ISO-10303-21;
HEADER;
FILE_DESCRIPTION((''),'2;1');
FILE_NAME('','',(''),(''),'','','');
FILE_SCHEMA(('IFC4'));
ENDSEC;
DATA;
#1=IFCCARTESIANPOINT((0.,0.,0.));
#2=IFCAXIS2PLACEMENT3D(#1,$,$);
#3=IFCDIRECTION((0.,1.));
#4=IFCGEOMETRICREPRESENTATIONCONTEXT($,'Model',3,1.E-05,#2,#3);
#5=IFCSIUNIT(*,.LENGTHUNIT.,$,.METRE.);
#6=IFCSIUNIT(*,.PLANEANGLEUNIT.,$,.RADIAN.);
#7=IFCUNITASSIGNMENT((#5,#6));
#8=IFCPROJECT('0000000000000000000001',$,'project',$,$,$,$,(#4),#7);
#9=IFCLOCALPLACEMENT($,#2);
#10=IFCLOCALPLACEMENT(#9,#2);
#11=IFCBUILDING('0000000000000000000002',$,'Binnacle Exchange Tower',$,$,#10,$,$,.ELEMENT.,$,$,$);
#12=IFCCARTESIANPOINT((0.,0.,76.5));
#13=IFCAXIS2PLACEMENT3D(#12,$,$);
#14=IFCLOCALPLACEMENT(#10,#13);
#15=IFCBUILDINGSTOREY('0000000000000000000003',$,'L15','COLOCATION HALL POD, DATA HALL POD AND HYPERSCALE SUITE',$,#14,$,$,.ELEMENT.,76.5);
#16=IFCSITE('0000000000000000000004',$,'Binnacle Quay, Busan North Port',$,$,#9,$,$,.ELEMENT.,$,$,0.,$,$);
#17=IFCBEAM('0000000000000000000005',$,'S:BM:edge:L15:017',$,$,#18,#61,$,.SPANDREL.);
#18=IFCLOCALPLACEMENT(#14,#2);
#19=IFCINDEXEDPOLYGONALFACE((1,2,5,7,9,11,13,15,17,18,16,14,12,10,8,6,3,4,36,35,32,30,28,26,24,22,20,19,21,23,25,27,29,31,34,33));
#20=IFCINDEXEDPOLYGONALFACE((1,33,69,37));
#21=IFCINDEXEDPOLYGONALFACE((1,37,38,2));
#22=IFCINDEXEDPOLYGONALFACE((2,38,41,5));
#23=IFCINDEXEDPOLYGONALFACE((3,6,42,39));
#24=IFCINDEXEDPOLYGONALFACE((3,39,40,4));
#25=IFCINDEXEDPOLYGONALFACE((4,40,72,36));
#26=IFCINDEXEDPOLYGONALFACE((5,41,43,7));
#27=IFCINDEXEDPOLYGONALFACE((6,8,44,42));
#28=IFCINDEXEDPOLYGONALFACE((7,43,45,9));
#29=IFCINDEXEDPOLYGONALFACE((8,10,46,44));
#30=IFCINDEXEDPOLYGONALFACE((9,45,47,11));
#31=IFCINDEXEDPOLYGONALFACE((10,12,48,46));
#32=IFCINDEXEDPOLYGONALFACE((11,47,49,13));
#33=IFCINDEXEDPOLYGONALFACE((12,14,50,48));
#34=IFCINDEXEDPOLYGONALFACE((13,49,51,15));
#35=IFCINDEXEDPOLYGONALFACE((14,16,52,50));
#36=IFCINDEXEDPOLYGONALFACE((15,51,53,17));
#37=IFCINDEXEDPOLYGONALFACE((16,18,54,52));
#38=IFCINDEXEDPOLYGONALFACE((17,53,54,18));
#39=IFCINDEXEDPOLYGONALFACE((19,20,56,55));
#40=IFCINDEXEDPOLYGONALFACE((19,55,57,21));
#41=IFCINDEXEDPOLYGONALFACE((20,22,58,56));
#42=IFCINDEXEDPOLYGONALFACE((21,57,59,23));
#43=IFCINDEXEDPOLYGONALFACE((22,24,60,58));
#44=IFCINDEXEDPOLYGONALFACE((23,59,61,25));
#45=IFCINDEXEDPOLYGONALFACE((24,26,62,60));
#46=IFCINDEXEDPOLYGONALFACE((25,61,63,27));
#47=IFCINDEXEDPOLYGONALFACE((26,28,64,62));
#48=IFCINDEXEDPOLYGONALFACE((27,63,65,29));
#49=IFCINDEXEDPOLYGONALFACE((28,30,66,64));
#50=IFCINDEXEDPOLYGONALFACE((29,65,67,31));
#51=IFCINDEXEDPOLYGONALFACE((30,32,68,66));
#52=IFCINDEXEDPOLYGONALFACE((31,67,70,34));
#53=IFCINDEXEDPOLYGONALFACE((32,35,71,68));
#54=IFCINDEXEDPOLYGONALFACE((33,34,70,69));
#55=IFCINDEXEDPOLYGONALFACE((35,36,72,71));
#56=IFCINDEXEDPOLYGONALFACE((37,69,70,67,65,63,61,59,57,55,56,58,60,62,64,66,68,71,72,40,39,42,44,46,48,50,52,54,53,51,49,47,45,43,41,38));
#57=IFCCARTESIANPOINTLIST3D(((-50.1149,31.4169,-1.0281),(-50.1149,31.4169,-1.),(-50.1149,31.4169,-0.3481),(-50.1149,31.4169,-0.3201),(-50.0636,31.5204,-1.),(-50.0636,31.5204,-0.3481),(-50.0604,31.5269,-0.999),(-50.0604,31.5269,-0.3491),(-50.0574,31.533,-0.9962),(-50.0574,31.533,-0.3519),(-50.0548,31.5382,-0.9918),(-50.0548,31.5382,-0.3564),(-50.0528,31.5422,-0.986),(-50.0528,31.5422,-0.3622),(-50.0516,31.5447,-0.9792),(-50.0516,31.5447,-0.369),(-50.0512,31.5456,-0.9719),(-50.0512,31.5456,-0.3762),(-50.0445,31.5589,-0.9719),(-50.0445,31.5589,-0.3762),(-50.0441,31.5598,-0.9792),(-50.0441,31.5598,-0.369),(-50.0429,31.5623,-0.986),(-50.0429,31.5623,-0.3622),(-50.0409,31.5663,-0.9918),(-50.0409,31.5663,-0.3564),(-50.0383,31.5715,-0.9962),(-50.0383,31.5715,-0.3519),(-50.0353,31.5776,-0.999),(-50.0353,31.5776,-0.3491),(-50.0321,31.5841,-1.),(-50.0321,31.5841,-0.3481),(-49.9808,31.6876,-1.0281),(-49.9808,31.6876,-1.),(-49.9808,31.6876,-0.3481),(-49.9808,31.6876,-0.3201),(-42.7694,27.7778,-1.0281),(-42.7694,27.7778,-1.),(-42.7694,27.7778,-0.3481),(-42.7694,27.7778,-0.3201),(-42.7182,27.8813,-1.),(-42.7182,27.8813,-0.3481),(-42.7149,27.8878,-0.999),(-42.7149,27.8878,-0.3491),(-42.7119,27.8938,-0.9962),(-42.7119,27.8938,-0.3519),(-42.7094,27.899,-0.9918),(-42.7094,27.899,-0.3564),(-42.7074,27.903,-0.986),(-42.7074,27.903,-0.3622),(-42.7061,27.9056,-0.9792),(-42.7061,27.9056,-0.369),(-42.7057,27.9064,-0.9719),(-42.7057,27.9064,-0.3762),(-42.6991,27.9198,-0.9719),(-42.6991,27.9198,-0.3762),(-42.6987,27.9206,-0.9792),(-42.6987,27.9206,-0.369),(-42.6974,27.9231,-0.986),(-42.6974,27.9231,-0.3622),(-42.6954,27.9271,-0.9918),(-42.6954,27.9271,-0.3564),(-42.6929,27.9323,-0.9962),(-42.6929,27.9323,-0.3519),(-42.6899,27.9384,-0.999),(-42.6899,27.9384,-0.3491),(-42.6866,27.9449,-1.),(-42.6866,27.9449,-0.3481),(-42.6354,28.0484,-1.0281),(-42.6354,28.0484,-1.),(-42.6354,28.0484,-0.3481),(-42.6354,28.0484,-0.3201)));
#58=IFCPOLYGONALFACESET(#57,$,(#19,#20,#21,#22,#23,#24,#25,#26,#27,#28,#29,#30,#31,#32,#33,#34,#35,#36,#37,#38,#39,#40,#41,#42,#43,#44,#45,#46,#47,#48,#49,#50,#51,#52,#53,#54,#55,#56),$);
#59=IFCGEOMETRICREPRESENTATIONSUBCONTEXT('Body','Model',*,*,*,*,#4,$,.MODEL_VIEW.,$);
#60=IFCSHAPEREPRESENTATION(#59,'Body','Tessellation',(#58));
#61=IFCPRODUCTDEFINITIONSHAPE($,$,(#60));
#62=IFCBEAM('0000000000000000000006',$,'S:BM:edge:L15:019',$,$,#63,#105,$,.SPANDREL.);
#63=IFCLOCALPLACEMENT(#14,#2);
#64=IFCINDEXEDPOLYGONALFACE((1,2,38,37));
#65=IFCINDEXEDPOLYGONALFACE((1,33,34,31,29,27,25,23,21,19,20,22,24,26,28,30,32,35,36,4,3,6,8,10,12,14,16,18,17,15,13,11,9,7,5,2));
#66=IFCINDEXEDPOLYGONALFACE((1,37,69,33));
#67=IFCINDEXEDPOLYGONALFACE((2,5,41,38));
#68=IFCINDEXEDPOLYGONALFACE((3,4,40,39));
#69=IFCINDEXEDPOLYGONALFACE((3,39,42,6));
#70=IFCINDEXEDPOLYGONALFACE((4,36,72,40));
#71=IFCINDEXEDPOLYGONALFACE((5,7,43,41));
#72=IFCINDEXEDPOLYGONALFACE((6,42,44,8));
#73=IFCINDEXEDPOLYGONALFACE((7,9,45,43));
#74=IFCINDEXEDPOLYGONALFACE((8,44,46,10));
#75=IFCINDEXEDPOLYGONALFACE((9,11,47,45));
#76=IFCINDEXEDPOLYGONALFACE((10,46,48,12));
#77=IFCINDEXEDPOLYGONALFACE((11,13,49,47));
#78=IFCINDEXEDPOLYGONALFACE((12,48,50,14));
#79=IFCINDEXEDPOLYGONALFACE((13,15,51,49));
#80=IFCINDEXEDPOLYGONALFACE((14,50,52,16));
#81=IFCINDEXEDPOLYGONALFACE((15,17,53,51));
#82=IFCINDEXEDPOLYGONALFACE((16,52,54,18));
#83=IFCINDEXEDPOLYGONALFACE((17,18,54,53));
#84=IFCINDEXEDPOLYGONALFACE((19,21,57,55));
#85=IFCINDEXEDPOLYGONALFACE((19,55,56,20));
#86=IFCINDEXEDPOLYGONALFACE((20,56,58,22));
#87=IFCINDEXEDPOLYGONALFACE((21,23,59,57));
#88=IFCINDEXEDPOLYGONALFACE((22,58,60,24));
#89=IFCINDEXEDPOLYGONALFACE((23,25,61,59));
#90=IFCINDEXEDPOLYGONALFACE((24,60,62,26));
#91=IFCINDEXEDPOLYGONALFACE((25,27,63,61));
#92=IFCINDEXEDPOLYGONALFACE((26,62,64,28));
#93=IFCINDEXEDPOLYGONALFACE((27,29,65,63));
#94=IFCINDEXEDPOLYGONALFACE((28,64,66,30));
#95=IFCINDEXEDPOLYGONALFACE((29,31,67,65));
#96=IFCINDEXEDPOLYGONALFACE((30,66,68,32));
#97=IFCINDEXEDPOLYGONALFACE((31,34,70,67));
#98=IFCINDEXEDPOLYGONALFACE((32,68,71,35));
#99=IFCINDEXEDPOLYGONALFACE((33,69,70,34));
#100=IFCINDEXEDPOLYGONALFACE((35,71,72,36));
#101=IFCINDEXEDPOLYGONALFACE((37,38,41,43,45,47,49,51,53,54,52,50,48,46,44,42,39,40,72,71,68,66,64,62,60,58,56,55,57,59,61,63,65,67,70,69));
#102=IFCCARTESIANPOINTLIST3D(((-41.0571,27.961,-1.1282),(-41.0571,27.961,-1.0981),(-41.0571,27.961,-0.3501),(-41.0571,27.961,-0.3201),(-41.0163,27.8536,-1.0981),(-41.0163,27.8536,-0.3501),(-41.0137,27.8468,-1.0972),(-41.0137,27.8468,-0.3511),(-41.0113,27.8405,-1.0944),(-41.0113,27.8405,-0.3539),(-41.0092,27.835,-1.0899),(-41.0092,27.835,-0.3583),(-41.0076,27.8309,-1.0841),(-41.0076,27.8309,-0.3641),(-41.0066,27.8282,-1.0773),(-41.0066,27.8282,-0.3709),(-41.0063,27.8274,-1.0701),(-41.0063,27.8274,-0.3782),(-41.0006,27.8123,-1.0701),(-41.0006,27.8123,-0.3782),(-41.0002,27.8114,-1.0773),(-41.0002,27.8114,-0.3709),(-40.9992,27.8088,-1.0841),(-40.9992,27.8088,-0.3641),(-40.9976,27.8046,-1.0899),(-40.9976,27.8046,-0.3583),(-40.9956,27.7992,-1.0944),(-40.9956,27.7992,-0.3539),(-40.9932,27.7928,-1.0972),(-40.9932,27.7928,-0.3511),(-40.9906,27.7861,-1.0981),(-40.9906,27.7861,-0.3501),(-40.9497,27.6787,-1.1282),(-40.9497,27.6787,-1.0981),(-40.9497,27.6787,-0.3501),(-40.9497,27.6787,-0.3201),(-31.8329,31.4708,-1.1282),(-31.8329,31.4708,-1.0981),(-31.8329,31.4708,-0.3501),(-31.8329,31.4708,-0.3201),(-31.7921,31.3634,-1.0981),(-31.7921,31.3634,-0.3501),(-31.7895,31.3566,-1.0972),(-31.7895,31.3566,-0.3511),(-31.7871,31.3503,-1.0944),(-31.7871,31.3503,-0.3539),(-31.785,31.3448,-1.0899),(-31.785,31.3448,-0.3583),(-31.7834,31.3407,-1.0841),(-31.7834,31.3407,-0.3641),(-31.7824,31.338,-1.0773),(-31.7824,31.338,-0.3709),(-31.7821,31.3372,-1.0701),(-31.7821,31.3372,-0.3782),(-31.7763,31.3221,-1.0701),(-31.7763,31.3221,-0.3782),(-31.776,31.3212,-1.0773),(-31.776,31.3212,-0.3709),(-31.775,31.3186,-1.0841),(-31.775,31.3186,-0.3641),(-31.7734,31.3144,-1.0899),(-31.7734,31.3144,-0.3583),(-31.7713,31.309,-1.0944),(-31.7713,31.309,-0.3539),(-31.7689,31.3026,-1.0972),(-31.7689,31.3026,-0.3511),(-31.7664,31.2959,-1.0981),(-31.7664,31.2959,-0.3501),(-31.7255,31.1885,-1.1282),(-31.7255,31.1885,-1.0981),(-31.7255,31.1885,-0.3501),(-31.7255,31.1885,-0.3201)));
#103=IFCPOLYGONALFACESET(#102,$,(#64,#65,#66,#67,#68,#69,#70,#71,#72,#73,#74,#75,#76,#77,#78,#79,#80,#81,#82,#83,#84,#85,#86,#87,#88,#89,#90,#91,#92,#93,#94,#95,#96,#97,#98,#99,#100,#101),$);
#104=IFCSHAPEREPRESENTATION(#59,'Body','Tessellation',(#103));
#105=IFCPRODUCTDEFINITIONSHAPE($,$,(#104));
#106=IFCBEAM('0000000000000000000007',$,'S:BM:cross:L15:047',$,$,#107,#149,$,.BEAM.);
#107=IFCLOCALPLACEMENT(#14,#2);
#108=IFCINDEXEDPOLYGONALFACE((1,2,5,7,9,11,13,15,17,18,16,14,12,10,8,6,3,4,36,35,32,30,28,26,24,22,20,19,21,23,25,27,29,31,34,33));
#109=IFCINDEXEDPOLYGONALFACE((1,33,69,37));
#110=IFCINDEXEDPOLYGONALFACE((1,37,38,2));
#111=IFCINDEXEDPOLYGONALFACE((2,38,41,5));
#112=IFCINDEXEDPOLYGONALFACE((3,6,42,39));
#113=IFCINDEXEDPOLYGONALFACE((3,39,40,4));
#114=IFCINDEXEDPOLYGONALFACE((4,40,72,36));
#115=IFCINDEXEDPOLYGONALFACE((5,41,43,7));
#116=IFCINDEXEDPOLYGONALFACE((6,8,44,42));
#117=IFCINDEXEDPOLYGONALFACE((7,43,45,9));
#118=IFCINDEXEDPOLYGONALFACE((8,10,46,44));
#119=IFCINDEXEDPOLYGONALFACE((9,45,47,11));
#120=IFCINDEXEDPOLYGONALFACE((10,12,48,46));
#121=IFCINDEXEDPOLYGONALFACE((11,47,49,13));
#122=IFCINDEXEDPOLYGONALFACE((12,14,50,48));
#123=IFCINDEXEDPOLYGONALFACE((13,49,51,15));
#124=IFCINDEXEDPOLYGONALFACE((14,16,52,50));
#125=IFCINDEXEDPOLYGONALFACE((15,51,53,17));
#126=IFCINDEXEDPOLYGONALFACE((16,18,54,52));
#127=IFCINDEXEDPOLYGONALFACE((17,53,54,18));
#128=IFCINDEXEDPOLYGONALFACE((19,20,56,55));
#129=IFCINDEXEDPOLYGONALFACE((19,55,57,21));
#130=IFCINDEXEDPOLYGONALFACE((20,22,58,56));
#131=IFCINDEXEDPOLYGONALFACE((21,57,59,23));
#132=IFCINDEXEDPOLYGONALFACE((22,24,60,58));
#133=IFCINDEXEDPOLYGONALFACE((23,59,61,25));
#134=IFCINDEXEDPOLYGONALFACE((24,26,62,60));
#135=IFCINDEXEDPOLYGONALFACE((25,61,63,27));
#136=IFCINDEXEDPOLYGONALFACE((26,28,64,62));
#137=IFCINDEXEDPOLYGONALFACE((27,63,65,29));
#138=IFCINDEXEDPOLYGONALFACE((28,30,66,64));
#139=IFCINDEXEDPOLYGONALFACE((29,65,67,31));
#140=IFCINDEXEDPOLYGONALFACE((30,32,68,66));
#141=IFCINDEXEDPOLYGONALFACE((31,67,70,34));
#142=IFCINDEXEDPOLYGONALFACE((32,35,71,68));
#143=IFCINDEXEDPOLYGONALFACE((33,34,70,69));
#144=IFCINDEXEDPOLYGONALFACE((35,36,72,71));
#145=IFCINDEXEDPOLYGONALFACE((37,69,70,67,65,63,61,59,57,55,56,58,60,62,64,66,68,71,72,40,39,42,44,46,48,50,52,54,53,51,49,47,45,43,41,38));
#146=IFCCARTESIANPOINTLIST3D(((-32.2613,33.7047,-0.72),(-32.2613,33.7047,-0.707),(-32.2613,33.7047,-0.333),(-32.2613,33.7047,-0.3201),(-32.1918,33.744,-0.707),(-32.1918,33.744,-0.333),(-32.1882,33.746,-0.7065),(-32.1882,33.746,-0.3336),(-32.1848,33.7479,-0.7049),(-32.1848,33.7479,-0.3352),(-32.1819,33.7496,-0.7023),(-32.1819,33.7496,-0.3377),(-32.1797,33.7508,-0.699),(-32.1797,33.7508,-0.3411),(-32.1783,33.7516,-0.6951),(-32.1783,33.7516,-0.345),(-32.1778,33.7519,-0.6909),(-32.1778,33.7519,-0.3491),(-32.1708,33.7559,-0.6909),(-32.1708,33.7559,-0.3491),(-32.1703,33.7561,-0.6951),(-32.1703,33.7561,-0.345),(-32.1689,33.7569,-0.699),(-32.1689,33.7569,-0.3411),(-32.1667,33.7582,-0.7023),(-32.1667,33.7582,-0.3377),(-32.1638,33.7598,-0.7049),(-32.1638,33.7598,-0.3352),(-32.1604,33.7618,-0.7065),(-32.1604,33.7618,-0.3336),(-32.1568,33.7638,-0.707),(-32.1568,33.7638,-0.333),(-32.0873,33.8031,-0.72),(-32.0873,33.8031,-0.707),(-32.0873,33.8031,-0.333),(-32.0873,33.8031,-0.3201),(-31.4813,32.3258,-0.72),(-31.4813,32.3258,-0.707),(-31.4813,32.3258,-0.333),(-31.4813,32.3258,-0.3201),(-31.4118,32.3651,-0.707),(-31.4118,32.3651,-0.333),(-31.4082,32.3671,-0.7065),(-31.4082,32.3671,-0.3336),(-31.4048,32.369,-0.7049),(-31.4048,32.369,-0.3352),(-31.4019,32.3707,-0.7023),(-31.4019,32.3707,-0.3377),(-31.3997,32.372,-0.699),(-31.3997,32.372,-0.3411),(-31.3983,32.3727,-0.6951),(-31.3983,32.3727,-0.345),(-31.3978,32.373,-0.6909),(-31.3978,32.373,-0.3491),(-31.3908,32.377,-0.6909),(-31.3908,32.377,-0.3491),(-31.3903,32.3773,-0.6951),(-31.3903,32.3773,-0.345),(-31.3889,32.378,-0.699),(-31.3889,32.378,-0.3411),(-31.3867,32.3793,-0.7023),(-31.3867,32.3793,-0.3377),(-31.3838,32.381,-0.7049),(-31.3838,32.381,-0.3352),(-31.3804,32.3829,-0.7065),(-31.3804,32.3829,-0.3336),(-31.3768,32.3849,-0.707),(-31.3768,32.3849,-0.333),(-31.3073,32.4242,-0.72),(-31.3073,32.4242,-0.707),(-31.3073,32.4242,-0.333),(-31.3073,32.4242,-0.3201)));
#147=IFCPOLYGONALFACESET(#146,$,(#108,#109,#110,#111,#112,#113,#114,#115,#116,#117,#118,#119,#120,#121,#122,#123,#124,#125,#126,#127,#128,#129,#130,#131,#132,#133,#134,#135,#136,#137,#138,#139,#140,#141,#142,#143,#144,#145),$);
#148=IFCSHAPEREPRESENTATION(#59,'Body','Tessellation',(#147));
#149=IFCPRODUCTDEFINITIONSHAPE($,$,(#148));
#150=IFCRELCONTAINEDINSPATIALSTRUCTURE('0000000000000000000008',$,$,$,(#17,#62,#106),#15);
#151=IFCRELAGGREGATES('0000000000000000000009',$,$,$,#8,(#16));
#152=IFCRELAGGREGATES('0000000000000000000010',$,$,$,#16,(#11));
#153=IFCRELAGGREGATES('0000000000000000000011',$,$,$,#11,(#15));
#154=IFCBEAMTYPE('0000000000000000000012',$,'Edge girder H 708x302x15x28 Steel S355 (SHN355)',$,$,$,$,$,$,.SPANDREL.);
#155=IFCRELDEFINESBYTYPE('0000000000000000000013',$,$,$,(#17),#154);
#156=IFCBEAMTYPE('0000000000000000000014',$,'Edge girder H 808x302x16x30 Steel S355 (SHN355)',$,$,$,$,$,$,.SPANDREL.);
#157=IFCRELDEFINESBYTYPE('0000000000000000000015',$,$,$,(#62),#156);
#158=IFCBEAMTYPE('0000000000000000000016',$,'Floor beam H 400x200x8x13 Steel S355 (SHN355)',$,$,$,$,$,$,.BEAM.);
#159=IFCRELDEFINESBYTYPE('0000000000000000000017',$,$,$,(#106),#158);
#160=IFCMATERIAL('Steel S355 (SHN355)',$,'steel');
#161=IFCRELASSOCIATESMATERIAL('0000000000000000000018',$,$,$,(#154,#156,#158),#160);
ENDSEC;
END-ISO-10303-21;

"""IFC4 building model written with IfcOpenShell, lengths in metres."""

from ifc_helpers import new_model, si_unit, direction, frame, origin, origin_2d, place, context, subcontext, project, spatial, i_section, extrude, material, material_profile, profile_set, type_object, element, save


model = new_model("IFC4")

# Units and contexts
model_context = context("Model", 3, precision=1e-05, world=origin(), true_north=direction((0.0, 1.0)))
body_context = subcontext(model_context, "Body", "Model", "MODEL_VIEW")
ifc_project = project(units=[si_unit("LENGTHUNIT", "METRE"), si_unit("PLANEANGLEUNIT", "RADIAN")], contexts=[model_context])

# Site, building, storey
site_placement = place(None, origin())
site = spatial("IfcSite", under=ifc_project, at=site_placement, Name="Binnacle Quay, Busan North Port", CompositionType="ELEMENT", RefElevation=0.0)
building_placement = place(site_placement, origin())
building = spatial("IfcBuilding", under=site, at=building_placement, Name="Binnacle Exchange Tower", CompositionType="ELEMENT")
storey_placement = place(building_placement, frame((0.0, 0.0, 76.5)))
storey = spatial("IfcBuildingStorey", under=building, at=storey_placement, Name="L15", Description="COLOCATION HALL POD, DATA HALL POD AND HYPERSCALE SUITE", CompositionType="ELEMENT", Elevation=76.5)

# Beams
ifc_material_1 = material(Name="Steel S355 (SHN355)", Category="steel")
ifc_material_profile_1 = material_profile(ifc_material_1, i_section(OverallWidth=0.302, OverallDepth=0.708, WebThickness=0.0149, FlangeThickness=0.0281, FilletRadius=0.0281, at=origin_2d()), Name="H 708x302x15x28")
ifc_profile_set_1 = profile_set([ifc_material_profile_1], Name="Steel S355 (SHN355)")
beam_type_1 = type_object("IfcBeamType", Name="Edge girder H 708x302x15x28 Steel S355 (SHN355)", PredefinedType="SPANDREL", material=ifc_profile_set_1)
beam_1_placement = place(storey_placement, frame((-50.0479, 31.5522, -0.6741), z_axis=(0.896059, -0.443935, 0.0), x_axis=(0.443935, 0.896059, 0.0)))
element("IfcBeam", 1, at=beam_1_placement, inside=storey, type_object=beam_type_1, Name="S:BM:edge:L15:017", PredefinedType="SPANDREL", context=body_context, shape_type="SweptSolid", body=[
    extrude(i_section(OverallWidth=0.302, OverallDepth=0.708, WebThickness=0.0149, FlangeThickness=0.0281, FilletRadius=0.0281, at=origin_2d()), origin(), (0.0, 0.0, 1.0), 8.1975),
])
ifc_material_profile_2 = material_profile(ifc_material_1, i_section(OverallWidth=0.302, OverallDepth=0.8081, WebThickness=0.0161, FlangeThickness=0.03, FilletRadius=0.0281, at=origin_2d()), Name="H 808x302x16x30")
ifc_profile_set_2 = profile_set([ifc_material_profile_2], Name="Steel S355 (SHN355)")
beam_type_2 = type_object("IfcBeamType", Name="Edge girder H 808x302x16x30 Steel S355 (SHN355)", PredefinedType="SPANDREL", material=ifc_profile_set_2)
beam_2_placement = place(storey_placement, frame((-41.0034, 27.8198, -0.7241), z_axis=(0.934629, 0.355625, 0.0), x_axis=(-0.355625, 0.934629, 0.0)))
element("IfcBeam", 2, at=beam_2_placement, inside=storey, type_object=beam_type_2, Name="S:BM:edge:L15:019", PredefinedType="SPANDREL", context=body_context, shape_type="SweptSolid", body=[
    extrude(i_section(OverallWidth=0.302, OverallDepth=0.8081, WebThickness=0.0161, FlangeThickness=0.03, FilletRadius=0.0281, at=origin_2d()), origin(), (0.0, 0.0, 1.0), 9.8694),
])
ifc_material_profile_3 = material_profile(ifc_material_1, i_section(OverallWidth=0.2, OverallDepth=0.3999, WebThickness=0.0081, FlangeThickness=0.0129, FilletRadius=0.0161, at=origin_2d()), Name="H 400x200x8x13")
ifc_profile_set_3 = profile_set([ifc_material_profile_3], Name="Steel S355 (SHN355)")
beam_type_3 = type_object("IfcBeamType", Name="Floor beam H 400x200x8x13 Steel S355 (SHN355)", PredefinedType="BEAM", material=ifc_profile_set_3)
beam_3_placement = place(storey_placement, frame((-31.3943, 32.375, -0.52), z_axis=(-0.492367, 0.870388, 0.0), x_axis=(-0.870388, -0.492367, 0.0)))
element("IfcBeam", 3, at=beam_3_placement, inside=storey, type_object=beam_type_3, Name="S:BM:cross:L15:047", PredefinedType="BEAM", context=body_context, shape_type="SweptSolid", body=[
    extrude(i_section(OverallWidth=0.2, OverallDepth=0.3999, WebThickness=0.0081, FlangeThickness=0.0129, FilletRadius=0.0161, at=origin_2d()), origin(), (0.0, 0.0, 1.0), 1.5842),
])

save(model, "model.ifc")
